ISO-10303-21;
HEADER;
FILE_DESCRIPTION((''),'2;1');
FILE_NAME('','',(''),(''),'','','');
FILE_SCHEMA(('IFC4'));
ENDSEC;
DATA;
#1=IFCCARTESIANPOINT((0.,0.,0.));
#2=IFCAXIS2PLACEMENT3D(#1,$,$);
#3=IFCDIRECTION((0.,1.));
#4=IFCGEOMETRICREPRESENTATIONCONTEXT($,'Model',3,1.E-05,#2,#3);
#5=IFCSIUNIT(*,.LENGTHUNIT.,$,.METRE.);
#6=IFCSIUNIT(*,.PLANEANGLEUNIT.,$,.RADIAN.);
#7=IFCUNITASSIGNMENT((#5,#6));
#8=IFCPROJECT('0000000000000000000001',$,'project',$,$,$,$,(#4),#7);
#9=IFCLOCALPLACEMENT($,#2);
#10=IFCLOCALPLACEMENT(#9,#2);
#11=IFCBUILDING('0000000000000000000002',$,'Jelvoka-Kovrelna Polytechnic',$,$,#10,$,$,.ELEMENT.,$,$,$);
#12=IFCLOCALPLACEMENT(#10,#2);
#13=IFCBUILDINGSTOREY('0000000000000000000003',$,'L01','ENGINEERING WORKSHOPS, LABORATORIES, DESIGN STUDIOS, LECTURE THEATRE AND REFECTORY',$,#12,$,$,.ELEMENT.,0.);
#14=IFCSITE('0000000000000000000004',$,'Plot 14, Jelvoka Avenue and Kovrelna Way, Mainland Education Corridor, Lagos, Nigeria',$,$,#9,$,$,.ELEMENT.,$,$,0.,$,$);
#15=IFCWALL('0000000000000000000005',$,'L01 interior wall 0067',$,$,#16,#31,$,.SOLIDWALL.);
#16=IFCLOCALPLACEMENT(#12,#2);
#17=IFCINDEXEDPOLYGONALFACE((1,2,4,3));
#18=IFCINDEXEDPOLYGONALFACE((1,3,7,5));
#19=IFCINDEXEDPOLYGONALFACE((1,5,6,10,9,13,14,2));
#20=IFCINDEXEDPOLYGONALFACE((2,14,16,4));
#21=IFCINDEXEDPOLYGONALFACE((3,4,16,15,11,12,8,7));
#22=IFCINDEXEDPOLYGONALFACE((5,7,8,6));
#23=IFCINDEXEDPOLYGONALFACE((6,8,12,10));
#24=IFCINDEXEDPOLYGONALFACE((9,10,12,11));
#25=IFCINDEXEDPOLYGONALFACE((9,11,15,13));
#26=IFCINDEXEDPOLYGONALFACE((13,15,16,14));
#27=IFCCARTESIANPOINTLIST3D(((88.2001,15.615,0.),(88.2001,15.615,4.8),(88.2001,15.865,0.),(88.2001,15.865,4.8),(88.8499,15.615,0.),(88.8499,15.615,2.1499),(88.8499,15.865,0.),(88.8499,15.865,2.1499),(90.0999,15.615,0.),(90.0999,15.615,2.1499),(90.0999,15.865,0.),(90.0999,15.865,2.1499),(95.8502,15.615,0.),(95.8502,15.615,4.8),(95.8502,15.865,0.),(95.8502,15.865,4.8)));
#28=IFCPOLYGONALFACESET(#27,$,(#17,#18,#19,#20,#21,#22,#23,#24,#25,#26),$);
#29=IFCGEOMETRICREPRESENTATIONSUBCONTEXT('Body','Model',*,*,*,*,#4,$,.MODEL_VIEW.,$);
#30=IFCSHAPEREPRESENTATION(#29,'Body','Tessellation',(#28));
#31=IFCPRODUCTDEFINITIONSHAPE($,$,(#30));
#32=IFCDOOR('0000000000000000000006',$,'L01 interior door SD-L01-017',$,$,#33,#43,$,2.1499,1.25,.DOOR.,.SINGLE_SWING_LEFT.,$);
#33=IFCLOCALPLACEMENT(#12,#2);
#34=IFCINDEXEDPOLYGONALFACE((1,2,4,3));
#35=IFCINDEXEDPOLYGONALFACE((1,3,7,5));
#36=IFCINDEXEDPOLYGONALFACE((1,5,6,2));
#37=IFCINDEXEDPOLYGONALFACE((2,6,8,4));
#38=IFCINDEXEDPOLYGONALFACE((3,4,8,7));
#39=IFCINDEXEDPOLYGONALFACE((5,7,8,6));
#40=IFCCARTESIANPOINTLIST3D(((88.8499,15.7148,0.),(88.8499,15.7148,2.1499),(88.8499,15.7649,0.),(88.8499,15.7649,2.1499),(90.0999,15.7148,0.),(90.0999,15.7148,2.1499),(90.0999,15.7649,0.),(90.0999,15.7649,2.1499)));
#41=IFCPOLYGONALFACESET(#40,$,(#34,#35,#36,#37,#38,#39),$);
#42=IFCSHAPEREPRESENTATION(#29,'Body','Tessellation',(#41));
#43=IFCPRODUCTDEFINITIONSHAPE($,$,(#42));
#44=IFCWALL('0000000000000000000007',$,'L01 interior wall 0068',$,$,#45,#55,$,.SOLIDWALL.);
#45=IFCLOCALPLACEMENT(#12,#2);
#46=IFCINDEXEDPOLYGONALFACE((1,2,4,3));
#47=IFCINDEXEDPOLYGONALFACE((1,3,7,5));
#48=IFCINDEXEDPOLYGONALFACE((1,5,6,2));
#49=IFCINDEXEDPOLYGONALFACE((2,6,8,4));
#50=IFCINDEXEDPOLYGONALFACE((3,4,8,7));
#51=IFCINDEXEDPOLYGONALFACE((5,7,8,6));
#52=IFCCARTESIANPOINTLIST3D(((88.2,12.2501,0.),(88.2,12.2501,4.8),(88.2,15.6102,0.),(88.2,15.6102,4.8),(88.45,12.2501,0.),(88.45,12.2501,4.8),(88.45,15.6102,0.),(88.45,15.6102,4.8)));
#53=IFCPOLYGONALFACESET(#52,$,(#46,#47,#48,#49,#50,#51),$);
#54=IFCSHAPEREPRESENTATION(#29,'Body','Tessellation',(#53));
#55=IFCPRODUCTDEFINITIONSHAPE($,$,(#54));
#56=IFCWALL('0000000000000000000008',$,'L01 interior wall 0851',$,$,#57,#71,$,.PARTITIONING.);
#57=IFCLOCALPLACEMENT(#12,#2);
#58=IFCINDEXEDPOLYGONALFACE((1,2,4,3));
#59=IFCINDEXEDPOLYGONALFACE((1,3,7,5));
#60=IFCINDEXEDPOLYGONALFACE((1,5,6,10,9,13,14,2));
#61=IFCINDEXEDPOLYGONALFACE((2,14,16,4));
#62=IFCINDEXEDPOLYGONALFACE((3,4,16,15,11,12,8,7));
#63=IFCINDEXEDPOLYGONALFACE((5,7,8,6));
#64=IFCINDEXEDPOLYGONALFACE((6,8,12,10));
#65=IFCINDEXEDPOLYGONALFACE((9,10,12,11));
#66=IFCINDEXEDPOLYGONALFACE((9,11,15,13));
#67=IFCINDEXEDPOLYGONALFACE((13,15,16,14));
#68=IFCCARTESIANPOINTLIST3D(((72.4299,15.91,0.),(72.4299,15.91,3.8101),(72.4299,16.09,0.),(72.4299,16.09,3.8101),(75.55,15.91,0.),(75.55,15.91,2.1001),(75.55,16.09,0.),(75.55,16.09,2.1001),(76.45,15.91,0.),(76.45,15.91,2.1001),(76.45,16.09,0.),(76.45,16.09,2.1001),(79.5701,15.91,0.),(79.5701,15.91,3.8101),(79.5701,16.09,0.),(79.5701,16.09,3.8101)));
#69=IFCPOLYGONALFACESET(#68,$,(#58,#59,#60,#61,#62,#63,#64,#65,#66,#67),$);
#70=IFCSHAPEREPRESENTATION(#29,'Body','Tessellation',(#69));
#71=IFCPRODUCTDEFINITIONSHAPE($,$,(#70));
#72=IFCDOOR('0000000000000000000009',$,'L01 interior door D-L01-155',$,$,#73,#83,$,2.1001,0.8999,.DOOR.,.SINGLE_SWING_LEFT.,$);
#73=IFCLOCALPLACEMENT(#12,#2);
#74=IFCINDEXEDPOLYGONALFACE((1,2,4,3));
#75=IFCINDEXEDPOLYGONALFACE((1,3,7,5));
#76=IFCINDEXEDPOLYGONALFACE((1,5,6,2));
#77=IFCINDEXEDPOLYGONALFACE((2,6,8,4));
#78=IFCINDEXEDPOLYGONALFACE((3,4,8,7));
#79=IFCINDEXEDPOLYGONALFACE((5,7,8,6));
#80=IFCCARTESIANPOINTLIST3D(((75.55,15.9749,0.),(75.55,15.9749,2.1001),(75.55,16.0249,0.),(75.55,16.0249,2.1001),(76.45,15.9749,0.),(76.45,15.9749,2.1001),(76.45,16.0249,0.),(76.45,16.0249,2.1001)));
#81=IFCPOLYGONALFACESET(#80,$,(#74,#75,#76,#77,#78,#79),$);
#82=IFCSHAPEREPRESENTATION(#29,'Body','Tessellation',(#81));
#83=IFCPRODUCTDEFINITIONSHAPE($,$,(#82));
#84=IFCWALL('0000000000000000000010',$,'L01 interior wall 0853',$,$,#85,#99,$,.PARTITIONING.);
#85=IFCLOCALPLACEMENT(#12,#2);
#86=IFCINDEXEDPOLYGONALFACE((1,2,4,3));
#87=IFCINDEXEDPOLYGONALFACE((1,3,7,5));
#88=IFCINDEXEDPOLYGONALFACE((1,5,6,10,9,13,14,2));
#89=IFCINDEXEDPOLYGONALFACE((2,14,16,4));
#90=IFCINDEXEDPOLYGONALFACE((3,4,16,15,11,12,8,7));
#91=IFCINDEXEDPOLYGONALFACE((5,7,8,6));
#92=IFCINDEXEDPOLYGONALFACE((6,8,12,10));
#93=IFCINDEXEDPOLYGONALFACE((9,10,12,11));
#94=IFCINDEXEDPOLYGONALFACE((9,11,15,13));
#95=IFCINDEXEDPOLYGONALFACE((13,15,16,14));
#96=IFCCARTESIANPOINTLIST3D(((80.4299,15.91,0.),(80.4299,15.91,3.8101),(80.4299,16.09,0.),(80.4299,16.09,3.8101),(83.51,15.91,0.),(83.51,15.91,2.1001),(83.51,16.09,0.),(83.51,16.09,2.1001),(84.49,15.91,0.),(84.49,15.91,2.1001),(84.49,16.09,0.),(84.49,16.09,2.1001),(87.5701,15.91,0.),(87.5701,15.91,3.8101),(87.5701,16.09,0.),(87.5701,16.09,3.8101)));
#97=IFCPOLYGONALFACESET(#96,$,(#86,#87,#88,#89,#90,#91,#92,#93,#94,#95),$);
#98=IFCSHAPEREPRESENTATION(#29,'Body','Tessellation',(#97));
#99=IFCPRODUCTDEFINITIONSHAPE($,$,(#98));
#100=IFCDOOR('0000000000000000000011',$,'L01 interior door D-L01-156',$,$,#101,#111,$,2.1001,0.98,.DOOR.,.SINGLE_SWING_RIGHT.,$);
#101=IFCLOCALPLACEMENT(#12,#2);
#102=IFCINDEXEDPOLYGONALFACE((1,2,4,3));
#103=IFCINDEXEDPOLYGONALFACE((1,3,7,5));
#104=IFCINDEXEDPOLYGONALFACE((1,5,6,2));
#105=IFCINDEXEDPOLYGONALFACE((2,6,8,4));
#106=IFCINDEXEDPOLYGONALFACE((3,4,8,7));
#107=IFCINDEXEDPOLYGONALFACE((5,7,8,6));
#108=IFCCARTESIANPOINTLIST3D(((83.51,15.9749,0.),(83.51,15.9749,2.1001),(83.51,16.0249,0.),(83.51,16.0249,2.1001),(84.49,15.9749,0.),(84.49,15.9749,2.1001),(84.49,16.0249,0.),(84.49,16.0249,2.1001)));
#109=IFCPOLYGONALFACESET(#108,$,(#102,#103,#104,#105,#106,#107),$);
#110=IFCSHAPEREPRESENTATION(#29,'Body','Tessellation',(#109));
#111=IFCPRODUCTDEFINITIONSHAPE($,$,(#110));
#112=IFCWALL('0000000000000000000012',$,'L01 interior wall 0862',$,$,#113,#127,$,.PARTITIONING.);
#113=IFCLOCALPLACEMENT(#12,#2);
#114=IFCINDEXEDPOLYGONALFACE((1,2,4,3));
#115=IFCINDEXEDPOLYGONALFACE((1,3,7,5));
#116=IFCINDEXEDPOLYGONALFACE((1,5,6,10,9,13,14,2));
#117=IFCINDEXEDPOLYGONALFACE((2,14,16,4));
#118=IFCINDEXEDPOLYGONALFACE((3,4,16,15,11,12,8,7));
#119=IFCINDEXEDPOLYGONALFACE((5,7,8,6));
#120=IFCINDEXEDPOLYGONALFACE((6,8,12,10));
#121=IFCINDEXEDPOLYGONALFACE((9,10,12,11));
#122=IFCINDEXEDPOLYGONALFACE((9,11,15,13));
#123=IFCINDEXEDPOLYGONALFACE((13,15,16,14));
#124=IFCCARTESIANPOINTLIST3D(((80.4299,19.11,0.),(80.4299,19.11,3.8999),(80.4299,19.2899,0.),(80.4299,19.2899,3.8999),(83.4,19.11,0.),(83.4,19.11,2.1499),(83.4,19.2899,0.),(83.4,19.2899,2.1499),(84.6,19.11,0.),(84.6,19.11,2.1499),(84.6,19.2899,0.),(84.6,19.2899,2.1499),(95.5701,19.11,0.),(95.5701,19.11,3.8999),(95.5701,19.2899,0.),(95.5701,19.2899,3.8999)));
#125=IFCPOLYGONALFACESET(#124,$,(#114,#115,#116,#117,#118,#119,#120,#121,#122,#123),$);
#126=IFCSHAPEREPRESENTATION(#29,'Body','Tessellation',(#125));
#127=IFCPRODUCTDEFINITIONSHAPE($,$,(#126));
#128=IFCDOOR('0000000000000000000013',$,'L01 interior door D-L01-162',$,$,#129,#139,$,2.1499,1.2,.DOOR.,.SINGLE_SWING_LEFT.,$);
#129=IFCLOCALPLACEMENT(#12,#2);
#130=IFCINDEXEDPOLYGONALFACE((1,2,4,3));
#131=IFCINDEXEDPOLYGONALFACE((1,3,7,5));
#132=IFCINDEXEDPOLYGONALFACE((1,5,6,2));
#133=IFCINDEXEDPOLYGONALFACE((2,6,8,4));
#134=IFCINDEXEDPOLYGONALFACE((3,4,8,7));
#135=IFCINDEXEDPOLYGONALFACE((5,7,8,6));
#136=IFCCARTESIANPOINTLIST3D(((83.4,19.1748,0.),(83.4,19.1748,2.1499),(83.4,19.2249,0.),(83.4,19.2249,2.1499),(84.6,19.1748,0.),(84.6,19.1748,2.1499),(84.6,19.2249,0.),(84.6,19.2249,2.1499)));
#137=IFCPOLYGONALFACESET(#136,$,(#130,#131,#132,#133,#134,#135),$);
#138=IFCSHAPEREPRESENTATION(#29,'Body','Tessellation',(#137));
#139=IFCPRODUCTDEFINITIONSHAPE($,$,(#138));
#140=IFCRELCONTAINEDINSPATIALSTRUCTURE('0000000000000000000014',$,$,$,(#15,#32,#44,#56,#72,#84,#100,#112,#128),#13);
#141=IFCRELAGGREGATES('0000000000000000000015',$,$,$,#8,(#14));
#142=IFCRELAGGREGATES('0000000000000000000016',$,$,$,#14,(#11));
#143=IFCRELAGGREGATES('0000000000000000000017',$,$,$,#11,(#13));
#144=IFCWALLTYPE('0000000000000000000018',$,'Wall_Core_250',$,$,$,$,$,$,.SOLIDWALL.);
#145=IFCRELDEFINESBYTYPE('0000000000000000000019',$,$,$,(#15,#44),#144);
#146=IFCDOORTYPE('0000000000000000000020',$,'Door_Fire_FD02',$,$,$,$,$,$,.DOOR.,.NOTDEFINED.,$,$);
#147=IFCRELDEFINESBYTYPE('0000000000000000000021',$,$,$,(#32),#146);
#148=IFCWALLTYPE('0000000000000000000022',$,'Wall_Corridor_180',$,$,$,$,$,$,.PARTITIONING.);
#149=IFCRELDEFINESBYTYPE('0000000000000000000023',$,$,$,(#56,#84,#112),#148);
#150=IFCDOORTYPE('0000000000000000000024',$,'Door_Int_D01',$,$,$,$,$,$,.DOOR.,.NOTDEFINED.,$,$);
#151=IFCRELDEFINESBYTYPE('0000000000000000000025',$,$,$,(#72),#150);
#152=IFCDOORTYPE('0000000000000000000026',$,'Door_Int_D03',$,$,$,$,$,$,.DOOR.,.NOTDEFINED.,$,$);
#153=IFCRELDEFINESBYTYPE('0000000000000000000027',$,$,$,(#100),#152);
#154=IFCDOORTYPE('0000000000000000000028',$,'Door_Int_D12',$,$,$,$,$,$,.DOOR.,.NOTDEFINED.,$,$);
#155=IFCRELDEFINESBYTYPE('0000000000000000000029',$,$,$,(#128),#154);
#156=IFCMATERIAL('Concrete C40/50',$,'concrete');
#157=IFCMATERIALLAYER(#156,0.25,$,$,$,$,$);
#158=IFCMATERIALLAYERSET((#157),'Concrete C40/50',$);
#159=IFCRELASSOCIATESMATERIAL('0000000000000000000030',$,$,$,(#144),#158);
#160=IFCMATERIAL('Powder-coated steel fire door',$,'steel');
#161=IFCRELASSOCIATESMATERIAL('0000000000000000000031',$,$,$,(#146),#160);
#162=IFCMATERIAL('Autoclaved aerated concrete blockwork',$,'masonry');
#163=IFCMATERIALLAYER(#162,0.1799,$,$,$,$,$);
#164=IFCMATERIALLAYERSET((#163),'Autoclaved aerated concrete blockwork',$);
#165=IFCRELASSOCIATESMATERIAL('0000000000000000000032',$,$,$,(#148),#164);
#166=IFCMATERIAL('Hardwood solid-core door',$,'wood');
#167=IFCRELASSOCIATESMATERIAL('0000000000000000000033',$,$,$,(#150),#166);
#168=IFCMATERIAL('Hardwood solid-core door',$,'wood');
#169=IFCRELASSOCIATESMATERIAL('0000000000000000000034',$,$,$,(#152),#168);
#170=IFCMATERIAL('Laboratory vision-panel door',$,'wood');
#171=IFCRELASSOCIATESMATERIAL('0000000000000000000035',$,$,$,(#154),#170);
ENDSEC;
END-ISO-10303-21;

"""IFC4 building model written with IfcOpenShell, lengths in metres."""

from ifc_helpers import new_model, si_unit, direction, frame, frame_2d, origin, place, context, subcontext, project, spatial, rectangle, extrude, material, layer, layer_set, type_object, element, fill, save


model = new_model("IFC4")

# Units and contexts
model_context = context("Model", 3, precision=1e-05, world=origin(), true_north=direction((0.0, 1.0)))
body_context = subcontext(model_context, "Body", "Model", "MODEL_VIEW")
ifc_project = project(units=[si_unit("LENGTHUNIT", "METRE"), si_unit("PLANEANGLEUNIT", "RADIAN")], contexts=[model_context])

# Site, building, storey
site_placement = place(None, origin())
site = spatial("IfcSite", under=ifc_project, at=site_placement, Name="Plot 14, Jelvoka Avenue and Kovrelna Way, Mainland Education Corridor, Lagos, Nigeria", CompositionType="ELEMENT", RefElevation=0.0)
building_placement = place(site_placement, origin())
building = spatial("IfcBuilding", under=site, at=building_placement, Name="Jelvoka-Kovrelna Polytechnic", CompositionType="ELEMENT")
storey_placement = place(building_placement, origin())
storey = spatial("IfcBuildingStorey", under=building, at=storey_placement, Name="L01", Description="ENGINEERING WORKSHOPS, LABORATORIES, DESIGN STUDIOS, LECTURE THEATRE AND REFECTORY", CompositionType="ELEMENT", Elevation=0.0)

# Wall, opening, door
ifc_material_1 = material(Name="Concrete C40/50", Category="concrete")
ifc_layer_1 = layer(ifc_material_1, 0.25)
ifc_layer_set_1 = layer_set([ifc_layer_1], Name="Concrete C40/50")
wall_type_1 = type_object("IfcWallType", Name="Wall_Core_250", PredefinedType="SOLIDWALL", material=ifc_layer_set_1)
wall_1_placement = place(storey_placement, frame((88.2, 15.74, 0.0), z_axis=(0.0, 0.0, 1.0), x_axis=(1.0, 0.0, 0.0)))
wall_1 = element("IfcWall", 1, at=wall_1_placement, inside=storey, type_object=wall_type_1, Name="L01 interior wall 0067", PredefinedType="SOLIDWALL", context=body_context, shape_type="SweptSolid", body=[
    extrude(rectangle(XDim=7.6501, YDim=0.25, at=frame_2d((3.8252, 0.0))), origin(), (0.0, 0.0, 1.0), 4.8),
])
opening_1_placement = place(wall_1_placement, frame((0.6499, 0.0, 0.0)))
opening_1 = element("IfcOpeningElement", 2, at=opening_1_placement, cuts=wall_1, PredefinedType="OPENING", context=body_context, shape_type="SweptSolid", body=[
    extrude(rectangle(XDim=1.25, YDim=2.1499, at=frame_2d((0.625, 1.075))), frame((0.0, 0.135, 0.0), z_axis=(0.0, -1.0, 0.0), x_axis=(1.0, 0.0, 0.0)), (0.0, 0.0, 1.0), 0.27),
])
ifc_material_2 = material(Name="Powder-coated steel fire door", Category="steel")
door_type_1 = type_object("IfcDoorType", Name="Door_Fire_FD02", OperationType="NOTDEFINED", PredefinedType="DOOR", material=ifc_material_2)
door_1_placement = place(opening_1_placement, origin())
door_1 = element("IfcDoor", 3, at=door_1_placement, inside=storey, type_object=door_type_1, Name="L01 interior door SD-L01-017", OperationType="SINGLE_SWING_LEFT", OverallHeight=2.1499, OverallWidth=1.25, PredefinedType="DOOR", context=body_context, shape_type="SweptSolid", body=[
    extrude(rectangle(XDim=1.25, YDim=2.1499, at=frame_2d((0.625, 1.075))), frame((0.0, 0.0249, 0.0), z_axis=(0.0, -1.0, 0.0), x_axis=(1.0, 0.0, 0.0)), (0.0, 0.0, 1.0), 0.05),
])
fill(opening_1, door_1)

# Wall
wall_2_placement = place(storey_placement, frame((88.325, 12.25, 0.0), z_axis=(0.0, 0.0, 1.0), x_axis=(0.0, 1.0, 0.0)))
element("IfcWall", 4, at=wall_2_placement, inside=storey, type_object=wall_type_1, Name="L01 interior wall 0068", PredefinedType="SOLIDWALL", context=body_context, shape_type="SweptSolid", body=[
    extrude(rectangle(XDim=3.3601, YDim=0.25, at=frame_2d((1.6802, 0.0))), origin(), (0.0, 0.0, 1.0), 4.8),
])

# Walls, openings, doors
ifc_material_3 = material(Name="Autoclaved aerated concrete blockwork", Category="masonry")
ifc_layer_2 = layer(ifc_material_3, 0.1799)
ifc_layer_set_2 = layer_set([ifc_layer_2], Name="Autoclaved aerated concrete blockwork")
wall_type_2 = type_object("IfcWallType", Name="Wall_Corridor_180", PredefinedType="PARTITIONING", material=ifc_layer_set_2)
wall_3_placement = place(storey_placement, frame((72.4299, 16.0, 0.0), z_axis=(0.0, 0.0, 1.0), x_axis=(1.0, 0.0, 0.0)))
wall_3 = element("IfcWall", 5, at=wall_3_placement, inside=storey, type_object=wall_type_2, Name="L01 interior wall 0851", PredefinedType="PARTITIONING", context=body_context, shape_type="SweptSolid", body=[
    extrude(rectangle(XDim=7.1401, YDim=0.1799, at=frame_2d((3.5701, 0.0))), origin(), (0.0, 0.0, 1.0), 3.8101),
])
opening_2_placement = place(wall_3_placement, frame((3.1201, 0.0, 0.0)))
opening_2 = element("IfcOpeningElement", 6, at=opening_2_placement, cuts=wall_3, PredefinedType="OPENING", context=body_context, shape_type="SweptSolid", body=[
    extrude(rectangle(XDim=0.8999, YDim=2.1001, at=frame_2d((0.45, 1.05))), frame((0.0, 0.0999, 0.0), z_axis=(0.0, -1.0, 0.0), x_axis=(1.0, 0.0, 0.0)), (0.0, 0.0, 1.0), 0.2),
])
ifc_material_4 = material(Name="Hardwood solid-core door", Category="wood")
door_type_2 = type_object("IfcDoorType", Name="Door_Int_D01", OperationType="NOTDEFINED", PredefinedType="DOOR", material=ifc_material_4)
door_2_placement = place(opening_2_placement, origin())
door_2 = element("IfcDoor", 7, at=door_2_placement, inside=storey, type_object=door_type_2, Name="L01 interior door D-L01-155", OperationType="SINGLE_SWING_LEFT", OverallHeight=2.1001, OverallWidth=0.8999, PredefinedType="DOOR", context=body_context, shape_type="SweptSolid", body=[
    extrude(rectangle(XDim=0.8999, YDim=2.1001, at=frame_2d((0.45, 1.05))), frame((0.0, 0.0249, 0.0), z_axis=(0.0, -1.0, 0.0), x_axis=(1.0, 0.0, 0.0)), (0.0, 0.0, 1.0), 0.05),
])
fill(opening_2, door_2)
wall_4_placement = place(storey_placement, frame((80.4299, 16.0, 0.0), z_axis=(0.0, 0.0, 1.0), x_axis=(1.0, 0.0, 0.0)))
wall_4 = element("IfcWall", 8, at=wall_4_placement, inside=storey, type_object=wall_type_2, Name="L01 interior wall 0853", PredefinedType="PARTITIONING", context=body_context, shape_type="SweptSolid", body=[
    extrude(rectangle(XDim=7.1401, YDim=0.1799, at=frame_2d((3.5701, 0.0))), origin(), (0.0, 0.0, 1.0), 3.8101),
])
opening_3_placement = place(wall_4_placement, frame((3.0801, 0.0, 0.0)))
opening_3 = element("IfcOpeningElement", 9, at=opening_3_placement, cuts=wall_4, PredefinedType="OPENING", context=body_context, shape_type="SweptSolid", body=[
    extrude(rectangle(XDim=0.98, YDim=2.1001, at=frame_2d((0.49, 1.05))), frame((0.0, 0.0999, 0.0), z_axis=(0.0, -1.0, 0.0), x_axis=(1.0, 0.0, 0.0)), (0.0, 0.0, 1.0), 0.2),
])
ifc_material_5 = material(Name="Hardwood solid-core door", Category="wood")
door_type_3 = type_object("IfcDoorType", Name="Door_Int_D03", OperationType="NOTDEFINED", PredefinedType="DOOR", material=ifc_material_5)
door_3_placement = place(opening_3_placement, origin())
door_3 = element("IfcDoor", 10, at=door_3_placement, inside=storey, type_object=door_type_3, Name="L01 interior door D-L01-156", OperationType="SINGLE_SWING_RIGHT", OverallHeight=2.1001, OverallWidth=0.98, PredefinedType="DOOR", context=body_context, shape_type="SweptSolid", body=[
    extrude(rectangle(XDim=0.98, YDim=2.1001, at=frame_2d((0.49, 1.05))), frame((0.0, 0.0249, 0.0), z_axis=(0.0, -1.0, 0.0), x_axis=(1.0, 0.0, 0.0)), (0.0, 0.0, 1.0), 0.05),
])
fill(opening_3, door_3)
wall_5_placement = place(storey_placement, frame((80.4299, 19.2, 0.0), z_axis=(0.0, 0.0, 1.0), x_axis=(1.0, 0.0, 0.0)))
wall_5 = element("IfcWall", 11, at=wall_5_placement, inside=storey, type_object=wall_type_2, Name="L01 interior wall 0862", PredefinedType="PARTITIONING", context=body_context, shape_type="SweptSolid", body=[
    extrude(rectangle(XDim=15.1401, YDim=0.1799, at=frame_2d((7.5701, 0.0))), origin(), (0.0, 0.0, 1.0), 3.8999),
])
opening_4_placement = place(wall_5_placement, frame((2.97, 0.0, 0.0)))
opening_4 = element("IfcOpeningElement", 12, at=opening_4_placement, cuts=wall_5, PredefinedType="OPENING", context=body_context, shape_type="SweptSolid", body=[
    extrude(rectangle(XDim=1.2, YDim=2.1499, at=frame_2d((0.6001, 1.075))), frame((0.0, 0.0999, 0.0), z_axis=(0.0, -1.0, 0.0), x_axis=(1.0, 0.0, 0.0)), (0.0, 0.0, 1.0), 0.2),
])
ifc_material_6 = material(Name="Laboratory vision-panel door", Category="wood")
door_type_4 = type_object("IfcDoorType", Name="Door_Int_D12", OperationType="NOTDEFINED", PredefinedType="DOOR", material=ifc_material_6)
door_4_placement = place(opening_4_placement, origin())
door_4 = element("IfcDoor", 13, at=door_4_placement, inside=storey, type_object=door_type_4, Name="L01 interior door D-L01-162", OperationType="SINGLE_SWING_LEFT", OverallHeight=2.1499, OverallWidth=1.2, PredefinedType="DOOR", context=body_context, shape_type="SweptSolid", body=[
    extrude(rectangle(XDim=1.2, YDim=2.1499, at=frame_2d((0.6001, 1.075))), frame((0.0, 0.0249, 0.0), z_axis=(0.0, -1.0, 0.0), x_axis=(1.0, 0.0, 0.0)), (0.0, 0.0, 1.0), 0.05),
])
fill(opening_4, door_4)

save(model, "model.ifc")
